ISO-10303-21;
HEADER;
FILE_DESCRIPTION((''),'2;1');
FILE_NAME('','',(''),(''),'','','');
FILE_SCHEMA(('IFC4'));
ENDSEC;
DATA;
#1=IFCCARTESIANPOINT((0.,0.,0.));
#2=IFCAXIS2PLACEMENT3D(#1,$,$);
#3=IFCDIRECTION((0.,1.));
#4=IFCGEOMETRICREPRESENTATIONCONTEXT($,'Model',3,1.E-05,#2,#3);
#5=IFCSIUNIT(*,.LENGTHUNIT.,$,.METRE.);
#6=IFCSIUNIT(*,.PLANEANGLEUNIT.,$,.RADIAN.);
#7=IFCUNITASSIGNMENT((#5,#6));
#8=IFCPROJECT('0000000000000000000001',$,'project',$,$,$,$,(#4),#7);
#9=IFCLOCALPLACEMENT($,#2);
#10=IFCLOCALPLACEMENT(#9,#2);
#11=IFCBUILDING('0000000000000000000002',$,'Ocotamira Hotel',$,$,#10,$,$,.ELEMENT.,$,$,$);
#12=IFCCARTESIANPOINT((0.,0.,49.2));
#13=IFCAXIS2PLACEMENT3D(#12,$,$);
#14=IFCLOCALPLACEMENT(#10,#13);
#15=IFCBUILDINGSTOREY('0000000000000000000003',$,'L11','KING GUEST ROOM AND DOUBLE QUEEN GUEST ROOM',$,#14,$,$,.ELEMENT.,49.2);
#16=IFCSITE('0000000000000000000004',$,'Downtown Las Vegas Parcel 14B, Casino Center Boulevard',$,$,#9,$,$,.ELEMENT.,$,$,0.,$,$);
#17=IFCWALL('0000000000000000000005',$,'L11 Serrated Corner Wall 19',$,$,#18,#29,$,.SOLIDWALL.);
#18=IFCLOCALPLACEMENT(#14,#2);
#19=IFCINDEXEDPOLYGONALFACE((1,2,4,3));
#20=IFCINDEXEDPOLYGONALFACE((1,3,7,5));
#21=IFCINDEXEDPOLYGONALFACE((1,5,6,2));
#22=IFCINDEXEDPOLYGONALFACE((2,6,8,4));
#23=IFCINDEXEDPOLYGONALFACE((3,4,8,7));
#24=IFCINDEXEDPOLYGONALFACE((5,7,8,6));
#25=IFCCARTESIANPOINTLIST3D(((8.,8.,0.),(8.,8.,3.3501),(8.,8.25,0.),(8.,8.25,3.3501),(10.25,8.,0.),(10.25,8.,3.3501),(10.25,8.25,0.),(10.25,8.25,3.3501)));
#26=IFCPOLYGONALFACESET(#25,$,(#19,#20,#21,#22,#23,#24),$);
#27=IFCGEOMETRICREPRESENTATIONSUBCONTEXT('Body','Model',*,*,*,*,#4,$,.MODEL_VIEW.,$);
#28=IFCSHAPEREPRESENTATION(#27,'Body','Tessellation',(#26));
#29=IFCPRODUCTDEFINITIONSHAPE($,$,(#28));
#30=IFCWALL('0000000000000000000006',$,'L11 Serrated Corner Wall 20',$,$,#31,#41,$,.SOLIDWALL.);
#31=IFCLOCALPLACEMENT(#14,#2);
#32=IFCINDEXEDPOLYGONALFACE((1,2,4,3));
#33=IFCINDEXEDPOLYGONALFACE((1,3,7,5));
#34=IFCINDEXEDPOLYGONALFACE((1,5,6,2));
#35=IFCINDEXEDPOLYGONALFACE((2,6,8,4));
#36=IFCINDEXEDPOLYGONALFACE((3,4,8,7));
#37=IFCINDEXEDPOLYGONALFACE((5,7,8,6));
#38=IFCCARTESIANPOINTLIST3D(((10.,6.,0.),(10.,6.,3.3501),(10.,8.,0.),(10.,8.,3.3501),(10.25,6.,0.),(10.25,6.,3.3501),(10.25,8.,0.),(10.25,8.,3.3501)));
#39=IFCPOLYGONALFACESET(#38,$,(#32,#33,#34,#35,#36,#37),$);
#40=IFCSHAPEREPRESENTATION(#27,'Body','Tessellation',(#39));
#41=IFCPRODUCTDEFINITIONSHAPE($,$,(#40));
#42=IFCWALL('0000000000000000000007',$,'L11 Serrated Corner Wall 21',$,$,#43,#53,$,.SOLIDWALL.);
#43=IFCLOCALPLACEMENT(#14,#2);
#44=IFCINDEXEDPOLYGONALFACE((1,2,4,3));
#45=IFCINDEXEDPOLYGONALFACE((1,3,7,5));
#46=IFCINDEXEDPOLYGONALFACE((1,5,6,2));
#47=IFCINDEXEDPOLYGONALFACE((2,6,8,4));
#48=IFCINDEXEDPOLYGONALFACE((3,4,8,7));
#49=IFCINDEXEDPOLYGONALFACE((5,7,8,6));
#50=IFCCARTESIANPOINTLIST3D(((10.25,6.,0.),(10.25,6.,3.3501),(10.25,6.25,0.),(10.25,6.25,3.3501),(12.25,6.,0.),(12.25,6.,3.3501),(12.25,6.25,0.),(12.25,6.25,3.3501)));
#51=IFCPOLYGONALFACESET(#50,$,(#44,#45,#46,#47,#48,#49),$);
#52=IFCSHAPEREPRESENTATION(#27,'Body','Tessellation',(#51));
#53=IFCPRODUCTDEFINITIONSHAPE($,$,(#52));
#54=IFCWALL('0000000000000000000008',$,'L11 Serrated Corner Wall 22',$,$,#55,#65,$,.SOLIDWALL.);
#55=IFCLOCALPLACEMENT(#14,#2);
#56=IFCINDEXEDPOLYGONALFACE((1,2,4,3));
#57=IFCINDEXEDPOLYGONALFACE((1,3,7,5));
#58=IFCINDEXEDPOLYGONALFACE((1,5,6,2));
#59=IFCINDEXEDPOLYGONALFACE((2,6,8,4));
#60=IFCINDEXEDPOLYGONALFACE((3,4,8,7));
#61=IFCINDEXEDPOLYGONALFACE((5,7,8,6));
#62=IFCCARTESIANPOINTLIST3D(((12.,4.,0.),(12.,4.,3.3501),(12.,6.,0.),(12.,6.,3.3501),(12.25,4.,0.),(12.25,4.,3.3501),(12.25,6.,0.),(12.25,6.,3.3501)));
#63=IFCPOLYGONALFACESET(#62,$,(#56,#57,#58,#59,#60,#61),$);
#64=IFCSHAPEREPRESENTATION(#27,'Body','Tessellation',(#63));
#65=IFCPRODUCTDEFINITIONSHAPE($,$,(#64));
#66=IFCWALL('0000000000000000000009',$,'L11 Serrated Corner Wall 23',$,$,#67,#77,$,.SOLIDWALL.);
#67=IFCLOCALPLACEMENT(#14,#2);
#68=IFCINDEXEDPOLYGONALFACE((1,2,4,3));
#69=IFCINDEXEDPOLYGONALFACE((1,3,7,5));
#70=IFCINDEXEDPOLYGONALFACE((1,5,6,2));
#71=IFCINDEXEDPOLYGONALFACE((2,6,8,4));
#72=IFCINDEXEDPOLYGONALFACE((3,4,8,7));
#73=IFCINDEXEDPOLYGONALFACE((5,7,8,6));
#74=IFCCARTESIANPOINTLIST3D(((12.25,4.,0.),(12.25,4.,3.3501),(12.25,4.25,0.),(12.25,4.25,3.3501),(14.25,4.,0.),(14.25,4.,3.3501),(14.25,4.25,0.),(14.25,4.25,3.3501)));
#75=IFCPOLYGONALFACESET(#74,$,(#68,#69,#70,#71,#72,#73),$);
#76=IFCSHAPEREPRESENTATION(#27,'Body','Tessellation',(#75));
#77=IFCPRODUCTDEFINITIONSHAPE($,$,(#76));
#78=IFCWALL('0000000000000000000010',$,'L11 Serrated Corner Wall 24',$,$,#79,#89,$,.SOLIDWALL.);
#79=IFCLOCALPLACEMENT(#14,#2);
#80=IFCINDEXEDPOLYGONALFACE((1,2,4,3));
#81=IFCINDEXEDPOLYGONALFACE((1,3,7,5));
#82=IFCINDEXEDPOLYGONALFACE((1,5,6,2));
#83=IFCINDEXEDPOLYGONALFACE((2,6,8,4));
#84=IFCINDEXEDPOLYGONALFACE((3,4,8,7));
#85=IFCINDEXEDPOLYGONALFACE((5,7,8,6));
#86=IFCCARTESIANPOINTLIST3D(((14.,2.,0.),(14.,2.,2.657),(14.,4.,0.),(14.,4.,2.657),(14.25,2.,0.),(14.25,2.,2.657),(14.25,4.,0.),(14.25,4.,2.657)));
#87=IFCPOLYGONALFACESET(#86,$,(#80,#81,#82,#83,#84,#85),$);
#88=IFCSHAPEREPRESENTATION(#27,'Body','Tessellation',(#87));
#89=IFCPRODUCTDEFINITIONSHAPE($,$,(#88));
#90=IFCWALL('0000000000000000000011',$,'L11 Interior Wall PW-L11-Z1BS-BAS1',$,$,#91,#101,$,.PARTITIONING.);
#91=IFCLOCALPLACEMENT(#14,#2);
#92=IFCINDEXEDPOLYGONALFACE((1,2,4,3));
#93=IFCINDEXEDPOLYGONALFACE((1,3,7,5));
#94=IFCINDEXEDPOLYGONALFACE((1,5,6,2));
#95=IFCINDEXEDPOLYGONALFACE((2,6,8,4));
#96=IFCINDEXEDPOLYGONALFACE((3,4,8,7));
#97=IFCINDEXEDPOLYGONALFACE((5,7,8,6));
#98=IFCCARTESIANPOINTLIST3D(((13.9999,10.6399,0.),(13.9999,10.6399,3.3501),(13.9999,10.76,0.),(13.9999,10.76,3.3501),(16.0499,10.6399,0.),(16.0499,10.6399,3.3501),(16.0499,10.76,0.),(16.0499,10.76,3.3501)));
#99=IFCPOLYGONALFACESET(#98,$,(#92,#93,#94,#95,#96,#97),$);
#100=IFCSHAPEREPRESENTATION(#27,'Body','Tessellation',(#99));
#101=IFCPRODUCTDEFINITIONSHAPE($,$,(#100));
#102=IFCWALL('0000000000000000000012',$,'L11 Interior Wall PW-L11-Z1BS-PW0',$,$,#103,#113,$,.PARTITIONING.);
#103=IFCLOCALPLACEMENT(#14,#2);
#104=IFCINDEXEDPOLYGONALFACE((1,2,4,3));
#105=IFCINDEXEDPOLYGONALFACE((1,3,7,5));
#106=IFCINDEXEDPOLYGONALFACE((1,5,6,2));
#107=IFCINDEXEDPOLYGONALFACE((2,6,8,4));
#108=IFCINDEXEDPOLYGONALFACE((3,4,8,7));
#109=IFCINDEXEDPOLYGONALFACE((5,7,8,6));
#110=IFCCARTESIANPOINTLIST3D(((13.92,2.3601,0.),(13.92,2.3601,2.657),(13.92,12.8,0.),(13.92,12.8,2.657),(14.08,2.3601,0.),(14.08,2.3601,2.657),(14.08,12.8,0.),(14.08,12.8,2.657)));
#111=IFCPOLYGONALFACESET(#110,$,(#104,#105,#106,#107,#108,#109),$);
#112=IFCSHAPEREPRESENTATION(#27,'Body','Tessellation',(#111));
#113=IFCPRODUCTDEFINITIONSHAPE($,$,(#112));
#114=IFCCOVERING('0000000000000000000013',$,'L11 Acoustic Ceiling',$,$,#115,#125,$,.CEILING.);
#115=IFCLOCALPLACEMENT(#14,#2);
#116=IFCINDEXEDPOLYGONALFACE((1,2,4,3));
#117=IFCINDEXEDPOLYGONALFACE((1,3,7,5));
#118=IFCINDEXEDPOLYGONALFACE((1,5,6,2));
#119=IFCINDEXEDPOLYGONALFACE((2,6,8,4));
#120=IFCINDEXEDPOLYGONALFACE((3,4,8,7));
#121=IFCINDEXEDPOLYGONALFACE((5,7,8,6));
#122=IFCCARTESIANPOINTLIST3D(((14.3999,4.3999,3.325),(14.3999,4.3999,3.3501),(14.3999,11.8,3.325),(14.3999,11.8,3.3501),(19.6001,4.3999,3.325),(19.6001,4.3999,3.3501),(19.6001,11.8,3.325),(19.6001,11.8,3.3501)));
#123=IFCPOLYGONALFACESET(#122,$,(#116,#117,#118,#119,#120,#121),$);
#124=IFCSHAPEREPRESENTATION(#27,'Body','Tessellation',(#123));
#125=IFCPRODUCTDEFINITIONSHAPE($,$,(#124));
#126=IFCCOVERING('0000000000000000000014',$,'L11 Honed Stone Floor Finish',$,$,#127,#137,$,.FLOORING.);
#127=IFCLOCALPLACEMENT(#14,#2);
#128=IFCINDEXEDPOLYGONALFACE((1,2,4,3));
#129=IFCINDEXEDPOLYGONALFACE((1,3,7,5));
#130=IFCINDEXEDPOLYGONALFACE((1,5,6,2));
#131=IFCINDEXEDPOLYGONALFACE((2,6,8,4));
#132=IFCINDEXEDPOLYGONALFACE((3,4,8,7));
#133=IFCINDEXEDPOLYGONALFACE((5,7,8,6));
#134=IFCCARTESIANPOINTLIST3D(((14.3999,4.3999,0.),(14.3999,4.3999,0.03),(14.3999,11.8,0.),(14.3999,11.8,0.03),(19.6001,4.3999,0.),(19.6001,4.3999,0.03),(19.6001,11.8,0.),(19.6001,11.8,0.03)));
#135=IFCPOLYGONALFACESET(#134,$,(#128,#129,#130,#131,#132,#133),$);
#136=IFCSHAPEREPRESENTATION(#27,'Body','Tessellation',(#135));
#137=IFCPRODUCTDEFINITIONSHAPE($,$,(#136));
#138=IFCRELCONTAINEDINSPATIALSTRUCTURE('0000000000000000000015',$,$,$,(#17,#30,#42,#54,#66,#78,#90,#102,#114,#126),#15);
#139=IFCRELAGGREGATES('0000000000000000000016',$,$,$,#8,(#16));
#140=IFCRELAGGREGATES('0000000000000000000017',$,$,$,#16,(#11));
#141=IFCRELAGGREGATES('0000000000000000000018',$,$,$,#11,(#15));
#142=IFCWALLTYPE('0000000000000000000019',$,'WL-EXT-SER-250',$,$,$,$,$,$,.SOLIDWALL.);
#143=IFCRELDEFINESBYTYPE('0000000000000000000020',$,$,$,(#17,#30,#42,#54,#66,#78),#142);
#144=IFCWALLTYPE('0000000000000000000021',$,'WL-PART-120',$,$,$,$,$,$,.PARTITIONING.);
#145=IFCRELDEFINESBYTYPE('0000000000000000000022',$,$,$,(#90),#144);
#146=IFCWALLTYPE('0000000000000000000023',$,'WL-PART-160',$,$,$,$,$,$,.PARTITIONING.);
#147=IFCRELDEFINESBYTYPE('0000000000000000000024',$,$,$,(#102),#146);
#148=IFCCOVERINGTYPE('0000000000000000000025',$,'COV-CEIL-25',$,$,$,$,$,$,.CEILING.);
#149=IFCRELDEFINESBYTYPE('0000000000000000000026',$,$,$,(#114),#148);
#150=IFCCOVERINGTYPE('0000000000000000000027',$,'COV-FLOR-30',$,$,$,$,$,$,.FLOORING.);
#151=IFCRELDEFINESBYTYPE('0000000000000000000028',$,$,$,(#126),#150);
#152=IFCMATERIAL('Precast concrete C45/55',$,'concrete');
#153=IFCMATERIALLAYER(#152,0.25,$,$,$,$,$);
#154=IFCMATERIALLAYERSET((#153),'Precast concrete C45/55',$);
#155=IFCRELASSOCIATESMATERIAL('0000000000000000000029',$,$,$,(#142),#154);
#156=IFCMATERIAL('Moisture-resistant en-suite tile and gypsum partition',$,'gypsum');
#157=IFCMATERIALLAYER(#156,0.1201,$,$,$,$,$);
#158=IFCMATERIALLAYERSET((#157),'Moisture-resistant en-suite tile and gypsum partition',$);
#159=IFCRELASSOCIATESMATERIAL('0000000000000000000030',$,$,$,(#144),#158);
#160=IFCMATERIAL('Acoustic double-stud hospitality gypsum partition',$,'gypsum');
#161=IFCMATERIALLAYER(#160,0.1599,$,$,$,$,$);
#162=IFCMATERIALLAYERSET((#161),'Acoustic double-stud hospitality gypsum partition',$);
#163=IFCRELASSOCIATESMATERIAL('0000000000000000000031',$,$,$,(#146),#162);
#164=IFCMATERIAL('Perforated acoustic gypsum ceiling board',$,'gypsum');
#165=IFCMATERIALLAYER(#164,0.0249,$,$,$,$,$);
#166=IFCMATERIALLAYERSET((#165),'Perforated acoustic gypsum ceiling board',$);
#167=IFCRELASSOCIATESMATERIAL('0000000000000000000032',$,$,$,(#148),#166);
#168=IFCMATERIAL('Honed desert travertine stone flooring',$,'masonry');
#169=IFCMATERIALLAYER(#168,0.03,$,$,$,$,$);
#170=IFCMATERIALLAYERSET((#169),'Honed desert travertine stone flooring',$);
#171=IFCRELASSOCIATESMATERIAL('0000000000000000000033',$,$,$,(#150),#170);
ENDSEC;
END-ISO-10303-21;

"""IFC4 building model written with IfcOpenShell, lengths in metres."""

from ifc_helpers import new_model, si_unit, direction, frame, frame_2d, origin, place, context, subcontext, project, spatial, polyline, rectangle, outline, extrude, material, layer, layer_set, type_object, element, save


model = new_model("IFC4")

# Units and contexts
model_context = context("Model", 3, precision=1e-05, world=origin(), true_north=direction((0.0, 1.0)))
body_context = subcontext(model_context, "Body", "Model", "MODEL_VIEW")
ifc_project = project(units=[si_unit("LENGTHUNIT", "METRE"), si_unit("PLANEANGLEUNIT", "RADIAN")], contexts=[model_context])

# Site, building, storey
site_placement = place(None, origin())
site = spatial("IfcSite", under=ifc_project, at=site_placement, Name="Downtown Las Vegas Parcel 14B, Casino Center Boulevard", CompositionType="ELEMENT", RefElevation=0.0)
building_placement = place(site_placement, origin())
building = spatial("IfcBuilding", under=site, at=building_placement, Name="Ocotamira Hotel", CompositionType="ELEMENT")
storey_placement = place(building_placement, frame((0.0, 0.0, 49.2)))
storey = spatial("IfcBuildingStorey", under=building, at=storey_placement, Name="L11", Description="KING GUEST ROOM AND DOUBLE QUEEN GUEST ROOM", CompositionType="ELEMENT", Elevation=49.2)

# Walls
ifc_material_1 = material(Name="Precast concrete C45/55", Category="concrete")
ifc_layer_1 = layer(ifc_material_1, 0.25)
ifc_layer_set_1 = layer_set([ifc_layer_1], Name="Precast concrete C45/55")
wall_type_1 = type_object("IfcWallType", Name="WL-EXT-SER-250", PredefinedType="SOLIDWALL", material=ifc_layer_set_1)
wall_1_placement = place(storey_placement, frame((8.0, 8.125, 0.0), z_axis=(0.0, 0.0, 1.0), x_axis=(1.0, 0.0, 0.0)))
element("IfcWall", 1, at=wall_1_placement, inside=storey, type_object=wall_type_1, Name="L11 Serrated Corner Wall 19", PredefinedType="SOLIDWALL", context=body_context, shape_type="SweptSolid", body=[
    extrude(rectangle(XDim=2.25, YDim=0.25, at=frame_2d((1.125, 0.0))), origin(), (0.0, 0.0, 1.0), 3.3501),
])
for number, where, z_axis, x_axis, name in (
    (2, (10.125, 8.0, 0.0), (0.0, 0.0, 1.0), (0.0, -1.0, 0.0), "L11 Serrated Corner Wall 20"),
    (3, (10.25, 6.125, 0.0), (0.0, 0.0, 1.0), (1.0, 0.0, 0.0), "L11 Serrated Corner Wall 21"),
    (4, (12.125, 6.0, 0.0), (0.0, 0.0, 1.0), (0.0, -1.0, 0.0), "L11 Serrated Corner Wall 22"),
    (5, (12.25, 4.125, 0.0), (0.0, 0.0, 1.0), (1.0, 0.0, 0.0), "L11 Serrated Corner Wall 23"),
):
    element("IfcWall", number, at=place(storey_placement, frame(where, z_axis=z_axis, x_axis=x_axis)), inside=storey, type_object=wall_type_1, Name=name, PredefinedType="SOLIDWALL", context=body_context, shape_type="SweptSolid", body=[
        extrude(rectangle(XDim=2.0, YDim=0.25, at=frame_2d((1.0, 0.0))), origin(), (0.0, 0.0, 1.0), 3.3501),
    ])
wall_2_placement = place(storey_placement, frame((14.125, 4.0, 0.0), z_axis=(0.0, 0.0, 1.0), x_axis=(0.0, -1.0, 0.0)))
element("IfcWall", 6, at=wall_2_placement, inside=storey, type_object=wall_type_1, Name="L11 Serrated Corner Wall 24", PredefinedType="SOLIDWALL", context=body_context, shape_type="SweptSolid", body=[
    extrude(rectangle(XDim=2.0, YDim=0.25, at=frame_2d((1.0, 0.0))), origin(), (0.0, 0.0, 1.0), 2.657),
])

# Walls
ifc_material_2 = material(Name="Moisture-resistant en-suite tile and gypsum partition", Category="gypsum")
ifc_layer_2 = layer(ifc_material_2, 0.1201)
ifc_layer_set_2 = layer_set([ifc_layer_2], Name="Moisture-resistant en-suite tile and gypsum partition")
wall_type_2 = type_object("IfcWallType", Name="WL-PART-120", PredefinedType="PARTITIONING", material=ifc_layer_set_2)
wall_3_placement = place(storey_placement, frame((14.0, 10.7, 0.0), z_axis=(0.0, 0.0, 1.0), x_axis=(1.0, 0.0, 0.0)))
element("IfcWall", 7, at=wall_3_placement, inside=storey, type_object=wall_type_2, Name="L11 Interior Wall PW-L11-Z1BS-BAS1", PredefinedType="PARTITIONING", context=body_context, shape_type="SweptSolid", body=[
    extrude(rectangle(XDim=2.05, YDim=0.1201, at=frame_2d((1.0249, 0.0))), origin(), (0.0, 0.0, 1.0), 3.3501),
])
ifc_material_3 = material(Name="Acoustic double-stud hospitality gypsum partition", Category="gypsum")
ifc_layer_3 = layer(ifc_material_3, 0.1599)
ifc_layer_set_3 = layer_set([ifc_layer_3], Name="Acoustic double-stud hospitality gypsum partition")
wall_type_3 = type_object("IfcWallType", Name="WL-PART-160", PredefinedType="PARTITIONING", material=ifc_layer_set_3)
wall_4_placement = place(storey_placement, frame((14.0, 2.3601, 0.0), z_axis=(0.0, 0.0, 1.0), x_axis=(0.0, 1.0, 0.0)))
element("IfcWall", 8, at=wall_4_placement, inside=storey, type_object=wall_type_3, Name="L11 Interior Wall PW-L11-Z1BS-PW0", PredefinedType="PARTITIONING", context=body_context, shape_type="SweptSolid", body=[
    extrude(rectangle(XDim=10.4399, YDim=0.1599, at=frame_2d((5.22, 0.0))), origin(), (0.0, 0.0, 1.0), 2.657),
])

# Coverings
ifc_material_4 = material(Name="Perforated acoustic gypsum ceiling board", Category="gypsum")
ifc_layer_4 = layer(ifc_material_4, 0.0249)
ifc_layer_set_4 = layer_set([ifc_layer_4], Name="Perforated acoustic gypsum ceiling board")
covering_type_1 = type_object("IfcCoveringType", Name="COV-CEIL-25", PredefinedType="CEILING", material=ifc_layer_set_4)
covering_1_placement = place(storey_placement, frame((0.0, 0.0, 3.325)))
element("IfcCovering", 9, at=covering_1_placement, inside=storey, type_object=covering_type_1, Name="L11 Acoustic Ceiling", PredefinedType="CEILING", context=body_context, shape_type="SweptSolid", body=[
    extrude(outline(polyline([(14.3999, 4.3999), (19.6001, 4.3999), (19.6001, 11.8), (14.3999, 11.8), (14.3999, 4.3999)])), origin(), (0.0, 0.0, 1.0), 0.0251),
])
ifc_material_5 = material(Name="Honed desert travertine stone flooring", Category="masonry")
ifc_layer_5 = layer(ifc_material_5, 0.03)
ifc_layer_set_5 = layer_set([ifc_layer_5], Name="Honed desert travertine stone flooring")
covering_type_2 = type_object("IfcCoveringType", Name="COV-FLOR-30", PredefinedType="FLOORING", material=ifc_layer_set_5)
covering_2_placement = place(storey_placement, origin())
element("IfcCovering", 10, at=covering_2_placement, inside=storey, type_object=covering_type_2, Name="L11 Honed Stone Floor Finish", PredefinedType="FLOORING", context=body_context, shape_type="SweptSolid", body=[
    extrude(outline(polyline([(14.3999, 4.3999), (19.6001, 4.3999), (19.6001, 11.8), (14.3999, 11.8), (14.3999, 4.3999)])), origin(), (0.0, 0.0, 1.0), 0.03),
])

save(model, "model.ifc")
